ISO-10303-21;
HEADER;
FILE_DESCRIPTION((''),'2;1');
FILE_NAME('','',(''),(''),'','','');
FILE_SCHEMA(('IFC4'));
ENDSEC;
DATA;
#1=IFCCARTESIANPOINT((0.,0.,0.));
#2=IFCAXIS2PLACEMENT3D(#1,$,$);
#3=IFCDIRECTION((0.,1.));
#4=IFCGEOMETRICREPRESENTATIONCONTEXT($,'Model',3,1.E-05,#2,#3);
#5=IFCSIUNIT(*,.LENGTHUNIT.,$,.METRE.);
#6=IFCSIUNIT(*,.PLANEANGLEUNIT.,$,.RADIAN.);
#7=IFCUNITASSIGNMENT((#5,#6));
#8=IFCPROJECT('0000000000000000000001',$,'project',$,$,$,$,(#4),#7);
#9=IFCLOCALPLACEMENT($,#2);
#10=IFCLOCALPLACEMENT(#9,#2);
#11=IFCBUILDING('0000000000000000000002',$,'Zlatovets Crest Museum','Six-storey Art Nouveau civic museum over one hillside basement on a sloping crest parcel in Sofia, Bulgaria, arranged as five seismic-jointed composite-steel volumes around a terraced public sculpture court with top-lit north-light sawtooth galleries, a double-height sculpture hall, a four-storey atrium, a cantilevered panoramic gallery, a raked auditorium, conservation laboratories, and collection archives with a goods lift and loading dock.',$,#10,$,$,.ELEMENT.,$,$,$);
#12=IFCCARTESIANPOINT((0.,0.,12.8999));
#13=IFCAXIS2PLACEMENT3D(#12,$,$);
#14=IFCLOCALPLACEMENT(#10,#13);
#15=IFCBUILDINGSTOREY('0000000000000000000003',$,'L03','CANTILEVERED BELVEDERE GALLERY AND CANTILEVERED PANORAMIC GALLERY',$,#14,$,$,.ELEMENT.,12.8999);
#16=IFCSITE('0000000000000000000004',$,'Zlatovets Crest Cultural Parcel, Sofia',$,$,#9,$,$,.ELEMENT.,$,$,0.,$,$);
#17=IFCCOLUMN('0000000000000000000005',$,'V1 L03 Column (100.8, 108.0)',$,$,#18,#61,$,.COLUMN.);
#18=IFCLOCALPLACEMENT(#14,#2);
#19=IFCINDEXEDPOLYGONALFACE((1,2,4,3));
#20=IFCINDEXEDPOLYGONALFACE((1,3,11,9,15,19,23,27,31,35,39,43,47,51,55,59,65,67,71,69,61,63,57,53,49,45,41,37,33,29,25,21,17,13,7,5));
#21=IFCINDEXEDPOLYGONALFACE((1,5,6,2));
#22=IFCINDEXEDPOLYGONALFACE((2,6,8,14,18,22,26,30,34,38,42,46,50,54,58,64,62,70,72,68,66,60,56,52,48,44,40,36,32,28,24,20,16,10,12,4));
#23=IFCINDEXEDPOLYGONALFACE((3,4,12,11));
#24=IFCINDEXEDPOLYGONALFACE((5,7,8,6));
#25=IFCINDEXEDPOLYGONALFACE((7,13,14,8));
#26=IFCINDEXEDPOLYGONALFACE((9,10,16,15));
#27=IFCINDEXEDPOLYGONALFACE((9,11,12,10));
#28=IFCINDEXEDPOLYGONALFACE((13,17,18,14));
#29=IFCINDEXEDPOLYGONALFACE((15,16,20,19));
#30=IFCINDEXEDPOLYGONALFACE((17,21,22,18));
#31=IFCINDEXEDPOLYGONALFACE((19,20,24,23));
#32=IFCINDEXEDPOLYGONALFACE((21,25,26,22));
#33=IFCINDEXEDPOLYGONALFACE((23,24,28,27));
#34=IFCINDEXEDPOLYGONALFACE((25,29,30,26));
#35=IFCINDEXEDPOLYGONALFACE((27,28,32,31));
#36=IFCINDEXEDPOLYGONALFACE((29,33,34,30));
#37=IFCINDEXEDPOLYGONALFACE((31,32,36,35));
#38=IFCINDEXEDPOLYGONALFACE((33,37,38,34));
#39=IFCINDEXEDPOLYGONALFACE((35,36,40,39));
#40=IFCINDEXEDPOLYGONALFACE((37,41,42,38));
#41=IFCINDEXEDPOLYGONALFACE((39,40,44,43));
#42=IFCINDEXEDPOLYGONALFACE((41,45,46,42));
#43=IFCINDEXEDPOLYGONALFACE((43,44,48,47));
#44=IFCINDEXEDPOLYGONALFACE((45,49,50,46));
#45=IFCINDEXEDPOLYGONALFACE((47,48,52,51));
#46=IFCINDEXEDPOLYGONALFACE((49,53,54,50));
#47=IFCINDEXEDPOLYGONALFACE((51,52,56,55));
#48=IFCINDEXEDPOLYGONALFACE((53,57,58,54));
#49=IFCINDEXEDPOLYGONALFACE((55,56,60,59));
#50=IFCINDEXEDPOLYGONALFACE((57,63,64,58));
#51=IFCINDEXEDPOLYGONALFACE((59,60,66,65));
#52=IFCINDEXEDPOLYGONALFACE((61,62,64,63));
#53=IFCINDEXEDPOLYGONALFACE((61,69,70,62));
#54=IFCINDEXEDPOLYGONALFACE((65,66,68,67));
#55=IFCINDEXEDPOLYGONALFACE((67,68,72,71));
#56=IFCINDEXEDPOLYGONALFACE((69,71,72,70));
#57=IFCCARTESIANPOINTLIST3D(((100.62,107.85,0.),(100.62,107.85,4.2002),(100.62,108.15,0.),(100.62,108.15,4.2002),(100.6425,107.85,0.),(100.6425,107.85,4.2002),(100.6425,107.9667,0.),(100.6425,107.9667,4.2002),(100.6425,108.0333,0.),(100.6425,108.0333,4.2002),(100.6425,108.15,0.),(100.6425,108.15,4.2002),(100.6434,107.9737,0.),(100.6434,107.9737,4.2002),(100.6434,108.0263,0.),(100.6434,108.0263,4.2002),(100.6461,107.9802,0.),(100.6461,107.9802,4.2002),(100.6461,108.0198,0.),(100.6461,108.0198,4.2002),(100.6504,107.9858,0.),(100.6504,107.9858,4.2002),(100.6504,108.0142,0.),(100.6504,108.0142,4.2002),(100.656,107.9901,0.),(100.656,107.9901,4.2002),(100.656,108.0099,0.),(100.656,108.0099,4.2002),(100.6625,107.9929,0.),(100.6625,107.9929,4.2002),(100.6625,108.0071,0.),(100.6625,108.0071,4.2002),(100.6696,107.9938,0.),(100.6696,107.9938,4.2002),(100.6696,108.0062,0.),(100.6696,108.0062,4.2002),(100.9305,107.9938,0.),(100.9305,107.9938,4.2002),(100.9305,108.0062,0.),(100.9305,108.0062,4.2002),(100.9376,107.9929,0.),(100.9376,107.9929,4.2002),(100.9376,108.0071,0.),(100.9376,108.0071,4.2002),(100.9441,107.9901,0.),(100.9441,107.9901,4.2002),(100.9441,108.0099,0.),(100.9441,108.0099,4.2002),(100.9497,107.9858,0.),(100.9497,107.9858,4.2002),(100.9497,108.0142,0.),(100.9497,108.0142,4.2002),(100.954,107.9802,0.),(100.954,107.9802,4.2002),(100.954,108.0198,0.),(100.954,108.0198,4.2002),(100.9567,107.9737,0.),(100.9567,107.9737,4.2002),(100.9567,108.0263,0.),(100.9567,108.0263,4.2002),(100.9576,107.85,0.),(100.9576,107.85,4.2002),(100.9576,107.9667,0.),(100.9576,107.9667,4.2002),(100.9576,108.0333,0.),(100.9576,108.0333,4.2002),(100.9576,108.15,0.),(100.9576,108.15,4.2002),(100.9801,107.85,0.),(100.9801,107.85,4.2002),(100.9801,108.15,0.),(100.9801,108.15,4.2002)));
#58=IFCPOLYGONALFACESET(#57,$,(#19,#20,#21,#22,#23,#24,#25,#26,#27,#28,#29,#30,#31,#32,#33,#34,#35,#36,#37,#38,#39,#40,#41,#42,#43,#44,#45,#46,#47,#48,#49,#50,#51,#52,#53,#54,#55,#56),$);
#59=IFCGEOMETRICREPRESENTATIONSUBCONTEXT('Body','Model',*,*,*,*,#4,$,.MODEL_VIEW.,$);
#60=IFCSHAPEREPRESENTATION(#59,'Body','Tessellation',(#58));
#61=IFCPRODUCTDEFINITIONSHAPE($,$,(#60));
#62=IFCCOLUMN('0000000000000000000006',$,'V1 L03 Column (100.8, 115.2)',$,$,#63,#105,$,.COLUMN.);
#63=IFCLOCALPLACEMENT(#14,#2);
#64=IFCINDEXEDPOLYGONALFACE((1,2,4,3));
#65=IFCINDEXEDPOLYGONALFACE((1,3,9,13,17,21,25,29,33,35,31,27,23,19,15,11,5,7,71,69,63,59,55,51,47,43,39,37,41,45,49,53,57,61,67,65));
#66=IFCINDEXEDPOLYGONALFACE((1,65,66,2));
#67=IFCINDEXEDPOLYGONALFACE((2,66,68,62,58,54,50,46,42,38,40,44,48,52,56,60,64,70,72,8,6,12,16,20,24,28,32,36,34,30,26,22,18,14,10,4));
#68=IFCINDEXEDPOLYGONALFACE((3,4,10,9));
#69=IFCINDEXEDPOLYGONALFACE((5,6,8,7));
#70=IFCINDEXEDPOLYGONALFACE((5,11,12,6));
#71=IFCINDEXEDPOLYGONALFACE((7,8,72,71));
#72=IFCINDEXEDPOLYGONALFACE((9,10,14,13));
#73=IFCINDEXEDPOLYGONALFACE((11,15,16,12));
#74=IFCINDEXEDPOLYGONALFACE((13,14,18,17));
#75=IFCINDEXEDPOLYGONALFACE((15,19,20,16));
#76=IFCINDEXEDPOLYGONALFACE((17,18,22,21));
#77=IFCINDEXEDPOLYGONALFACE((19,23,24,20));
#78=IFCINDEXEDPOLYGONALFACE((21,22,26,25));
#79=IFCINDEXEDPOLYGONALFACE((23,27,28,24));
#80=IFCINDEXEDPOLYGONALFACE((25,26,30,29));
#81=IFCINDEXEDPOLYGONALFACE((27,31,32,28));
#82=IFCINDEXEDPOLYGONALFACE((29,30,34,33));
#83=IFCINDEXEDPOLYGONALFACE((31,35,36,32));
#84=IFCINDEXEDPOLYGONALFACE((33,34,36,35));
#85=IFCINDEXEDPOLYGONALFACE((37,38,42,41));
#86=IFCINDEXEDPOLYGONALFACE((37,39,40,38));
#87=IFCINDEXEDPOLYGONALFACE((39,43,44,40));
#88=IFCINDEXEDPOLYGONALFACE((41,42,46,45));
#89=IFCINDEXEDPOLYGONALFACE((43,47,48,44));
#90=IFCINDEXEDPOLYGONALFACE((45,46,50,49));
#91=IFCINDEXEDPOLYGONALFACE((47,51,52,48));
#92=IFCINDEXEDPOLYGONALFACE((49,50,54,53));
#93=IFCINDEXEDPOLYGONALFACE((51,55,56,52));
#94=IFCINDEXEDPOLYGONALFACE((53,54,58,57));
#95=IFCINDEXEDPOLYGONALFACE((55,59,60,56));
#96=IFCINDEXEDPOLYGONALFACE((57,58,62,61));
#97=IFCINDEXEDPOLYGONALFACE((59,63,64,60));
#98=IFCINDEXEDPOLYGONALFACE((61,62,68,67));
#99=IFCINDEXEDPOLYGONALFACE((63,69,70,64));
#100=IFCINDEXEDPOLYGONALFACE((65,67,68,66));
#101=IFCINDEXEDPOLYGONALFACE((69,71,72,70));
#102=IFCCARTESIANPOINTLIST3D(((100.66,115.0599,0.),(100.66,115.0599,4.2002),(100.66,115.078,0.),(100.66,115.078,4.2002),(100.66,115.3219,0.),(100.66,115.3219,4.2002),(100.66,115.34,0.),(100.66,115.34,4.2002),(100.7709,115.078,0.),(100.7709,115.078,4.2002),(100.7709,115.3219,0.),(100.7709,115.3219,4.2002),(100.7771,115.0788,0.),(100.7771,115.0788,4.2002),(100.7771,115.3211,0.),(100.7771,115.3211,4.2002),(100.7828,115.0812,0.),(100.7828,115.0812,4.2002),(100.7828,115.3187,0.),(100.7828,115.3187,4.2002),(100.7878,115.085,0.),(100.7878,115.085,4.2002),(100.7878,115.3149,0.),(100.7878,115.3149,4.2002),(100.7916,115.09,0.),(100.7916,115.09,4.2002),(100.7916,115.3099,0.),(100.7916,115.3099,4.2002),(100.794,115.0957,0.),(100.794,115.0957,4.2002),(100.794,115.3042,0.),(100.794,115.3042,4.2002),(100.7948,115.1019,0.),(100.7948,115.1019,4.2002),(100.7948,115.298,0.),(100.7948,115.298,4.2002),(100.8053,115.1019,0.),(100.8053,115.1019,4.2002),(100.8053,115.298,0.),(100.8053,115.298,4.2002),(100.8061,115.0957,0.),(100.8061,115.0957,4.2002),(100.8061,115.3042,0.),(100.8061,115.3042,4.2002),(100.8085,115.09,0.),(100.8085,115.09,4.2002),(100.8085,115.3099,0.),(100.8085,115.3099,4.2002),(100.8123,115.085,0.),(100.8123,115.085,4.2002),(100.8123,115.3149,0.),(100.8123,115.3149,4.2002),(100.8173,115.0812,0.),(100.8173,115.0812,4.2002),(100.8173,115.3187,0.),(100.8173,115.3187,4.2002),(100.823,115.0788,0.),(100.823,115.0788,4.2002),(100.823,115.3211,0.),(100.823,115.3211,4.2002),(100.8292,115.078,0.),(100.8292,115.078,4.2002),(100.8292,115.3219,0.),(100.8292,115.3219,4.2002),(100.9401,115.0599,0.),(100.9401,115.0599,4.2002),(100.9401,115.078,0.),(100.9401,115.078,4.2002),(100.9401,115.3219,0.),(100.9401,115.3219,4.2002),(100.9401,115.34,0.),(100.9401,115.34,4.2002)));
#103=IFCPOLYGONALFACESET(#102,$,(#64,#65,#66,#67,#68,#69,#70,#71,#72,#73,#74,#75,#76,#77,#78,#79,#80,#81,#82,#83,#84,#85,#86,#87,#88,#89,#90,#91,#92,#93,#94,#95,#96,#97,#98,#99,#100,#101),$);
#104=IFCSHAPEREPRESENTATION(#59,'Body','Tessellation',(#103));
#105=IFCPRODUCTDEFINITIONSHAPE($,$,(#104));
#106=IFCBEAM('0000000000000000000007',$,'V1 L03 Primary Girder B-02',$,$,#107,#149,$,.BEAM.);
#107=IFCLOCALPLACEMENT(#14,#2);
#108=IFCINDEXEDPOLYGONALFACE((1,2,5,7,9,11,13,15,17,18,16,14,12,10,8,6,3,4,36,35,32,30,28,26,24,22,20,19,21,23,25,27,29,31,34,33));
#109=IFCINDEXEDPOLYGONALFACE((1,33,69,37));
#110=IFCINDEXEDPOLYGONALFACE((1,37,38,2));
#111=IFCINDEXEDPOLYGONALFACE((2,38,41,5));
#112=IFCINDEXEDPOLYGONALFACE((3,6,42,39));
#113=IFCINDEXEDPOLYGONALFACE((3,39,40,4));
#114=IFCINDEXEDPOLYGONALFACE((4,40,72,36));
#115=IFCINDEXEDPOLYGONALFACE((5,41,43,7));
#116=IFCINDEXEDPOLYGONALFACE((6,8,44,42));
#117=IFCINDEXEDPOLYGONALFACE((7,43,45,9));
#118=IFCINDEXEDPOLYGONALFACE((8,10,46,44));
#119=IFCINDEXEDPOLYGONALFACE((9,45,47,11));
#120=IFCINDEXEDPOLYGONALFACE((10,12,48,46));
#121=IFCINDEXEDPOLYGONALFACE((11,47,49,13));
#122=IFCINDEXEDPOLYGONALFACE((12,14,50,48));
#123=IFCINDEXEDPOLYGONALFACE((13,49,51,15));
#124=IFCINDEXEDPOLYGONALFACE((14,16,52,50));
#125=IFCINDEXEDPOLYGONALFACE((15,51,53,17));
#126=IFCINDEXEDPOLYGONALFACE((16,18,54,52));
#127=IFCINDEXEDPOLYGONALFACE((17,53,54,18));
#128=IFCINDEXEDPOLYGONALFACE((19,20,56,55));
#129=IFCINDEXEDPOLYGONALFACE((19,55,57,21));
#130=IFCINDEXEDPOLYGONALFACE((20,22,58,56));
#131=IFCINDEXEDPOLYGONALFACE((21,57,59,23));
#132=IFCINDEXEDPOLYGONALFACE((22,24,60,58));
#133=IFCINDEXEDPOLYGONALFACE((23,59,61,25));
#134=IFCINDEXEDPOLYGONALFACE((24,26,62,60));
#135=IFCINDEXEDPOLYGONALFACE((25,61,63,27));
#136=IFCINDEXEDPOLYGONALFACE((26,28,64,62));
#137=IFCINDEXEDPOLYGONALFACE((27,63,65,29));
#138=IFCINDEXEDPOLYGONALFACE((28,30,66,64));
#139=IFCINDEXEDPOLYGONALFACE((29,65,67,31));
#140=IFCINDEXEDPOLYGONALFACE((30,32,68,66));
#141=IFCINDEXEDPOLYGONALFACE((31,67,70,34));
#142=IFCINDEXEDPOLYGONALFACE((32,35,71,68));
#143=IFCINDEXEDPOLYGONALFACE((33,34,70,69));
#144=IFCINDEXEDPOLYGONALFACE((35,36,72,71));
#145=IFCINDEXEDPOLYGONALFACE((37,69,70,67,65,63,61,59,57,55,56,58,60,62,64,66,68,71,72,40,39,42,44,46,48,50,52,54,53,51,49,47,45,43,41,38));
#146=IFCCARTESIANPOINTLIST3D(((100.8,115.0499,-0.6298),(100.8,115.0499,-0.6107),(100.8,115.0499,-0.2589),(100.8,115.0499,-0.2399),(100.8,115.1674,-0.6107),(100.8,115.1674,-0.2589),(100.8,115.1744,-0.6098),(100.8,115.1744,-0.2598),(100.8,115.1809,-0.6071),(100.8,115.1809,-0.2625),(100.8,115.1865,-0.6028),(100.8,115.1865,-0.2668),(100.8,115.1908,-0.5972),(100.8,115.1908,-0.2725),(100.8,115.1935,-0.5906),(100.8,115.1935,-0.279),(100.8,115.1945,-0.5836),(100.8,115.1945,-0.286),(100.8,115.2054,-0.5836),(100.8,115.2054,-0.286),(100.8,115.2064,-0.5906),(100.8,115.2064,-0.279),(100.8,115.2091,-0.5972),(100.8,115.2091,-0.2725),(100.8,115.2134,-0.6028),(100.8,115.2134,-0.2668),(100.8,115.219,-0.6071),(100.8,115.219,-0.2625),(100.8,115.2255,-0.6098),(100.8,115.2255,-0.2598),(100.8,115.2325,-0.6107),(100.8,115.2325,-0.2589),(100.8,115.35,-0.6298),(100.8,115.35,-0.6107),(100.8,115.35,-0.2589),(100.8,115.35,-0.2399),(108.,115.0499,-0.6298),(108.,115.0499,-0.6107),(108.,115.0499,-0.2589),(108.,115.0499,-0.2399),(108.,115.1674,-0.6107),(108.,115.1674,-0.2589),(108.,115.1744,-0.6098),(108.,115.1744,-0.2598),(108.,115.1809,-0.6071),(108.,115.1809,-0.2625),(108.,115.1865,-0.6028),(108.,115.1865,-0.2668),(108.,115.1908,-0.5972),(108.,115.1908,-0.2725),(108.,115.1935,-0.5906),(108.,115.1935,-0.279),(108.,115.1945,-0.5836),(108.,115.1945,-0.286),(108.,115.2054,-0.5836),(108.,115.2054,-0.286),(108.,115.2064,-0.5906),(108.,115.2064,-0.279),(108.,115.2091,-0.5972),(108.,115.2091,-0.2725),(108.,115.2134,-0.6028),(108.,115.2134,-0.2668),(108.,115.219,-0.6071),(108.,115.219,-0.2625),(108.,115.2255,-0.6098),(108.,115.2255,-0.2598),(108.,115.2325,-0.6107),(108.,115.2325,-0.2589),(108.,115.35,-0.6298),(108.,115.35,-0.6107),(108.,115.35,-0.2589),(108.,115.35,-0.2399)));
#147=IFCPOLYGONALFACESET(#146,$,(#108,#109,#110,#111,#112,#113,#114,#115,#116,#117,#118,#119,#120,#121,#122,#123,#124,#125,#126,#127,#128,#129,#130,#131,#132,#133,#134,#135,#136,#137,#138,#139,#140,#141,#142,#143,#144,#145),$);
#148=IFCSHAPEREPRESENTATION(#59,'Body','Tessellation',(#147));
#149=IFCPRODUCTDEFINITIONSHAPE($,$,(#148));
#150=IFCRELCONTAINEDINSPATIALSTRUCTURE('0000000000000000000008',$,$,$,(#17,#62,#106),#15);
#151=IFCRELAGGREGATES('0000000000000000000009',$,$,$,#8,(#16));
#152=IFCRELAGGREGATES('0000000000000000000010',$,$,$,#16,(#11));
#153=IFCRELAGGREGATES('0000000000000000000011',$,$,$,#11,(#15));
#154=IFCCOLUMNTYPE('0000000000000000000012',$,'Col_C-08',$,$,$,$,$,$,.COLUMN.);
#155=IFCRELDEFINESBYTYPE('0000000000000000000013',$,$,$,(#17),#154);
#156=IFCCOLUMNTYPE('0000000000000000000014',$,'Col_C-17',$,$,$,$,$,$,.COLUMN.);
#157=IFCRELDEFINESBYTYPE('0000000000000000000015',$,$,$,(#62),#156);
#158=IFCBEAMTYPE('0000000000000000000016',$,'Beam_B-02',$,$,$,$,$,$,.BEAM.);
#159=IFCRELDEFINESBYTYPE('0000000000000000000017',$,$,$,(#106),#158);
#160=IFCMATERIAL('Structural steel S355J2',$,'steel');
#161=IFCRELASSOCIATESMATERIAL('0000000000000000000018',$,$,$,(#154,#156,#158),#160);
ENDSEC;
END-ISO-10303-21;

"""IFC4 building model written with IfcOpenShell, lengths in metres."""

from ifc_helpers import new_model, si_unit, direction, frame, origin, origin_2d, place, context, subcontext, project, spatial, i_section, extrude, material, material_profile, profile_set, type_object, element, save


model = new_model("IFC4")

# Units and contexts
model_context = context("Model", 3, precision=1e-05, world=origin(), true_north=direction((0.0, 1.0)))
body_context = subcontext(model_context, "Body", "Model", "MODEL_VIEW")
ifc_project = project(units=[si_unit("LENGTHUNIT", "METRE"), si_unit("PLANEANGLEUNIT", "RADIAN")], contexts=[model_context])

# Site, building, storey
site_placement = place(None, origin())
site = spatial("IfcSite", under=ifc_project, at=site_placement, Name="Zlatovets Crest Cultural Parcel, Sofia", CompositionType="ELEMENT", RefElevation=0.0)
building_placement = place(site_placement, origin())
building = spatial("IfcBuilding", under=site, at=building_placement, Name="Zlatovets Crest Museum", Description="Six-storey Art Nouveau civic museum over one hillside basement on a sloping crest parcel in Sofia, Bulgaria, arranged as five seismic-jointed composite-steel volumes around a terraced public sculpture court with top-lit north-light sawtooth galleries, a double-height sculpture hall, a four-storey atrium, a cantilevered panoramic gallery, a raked auditorium, conservation laboratories, and collection archives with a goods lift and loading dock.", CompositionType="ELEMENT")
storey_placement = place(building_placement, frame((0.0, 0.0, 12.8999)))
storey = spatial("IfcBuildingStorey", under=building, at=storey_placement, Name="L03", Description="CANTILEVERED BELVEDERE GALLERY AND CANTILEVERED PANORAMIC GALLERY", CompositionType="ELEMENT", Elevation=12.8999)

# Columns
ifc_material_1 = material(Name="Structural steel S355J2", Category="steel")
ifc_material_profile_1 = material_profile(ifc_material_1, i_section(OverallWidth=0.3, OverallDepth=0.3601, WebThickness=0.0125, FlangeThickness=0.0225, FilletRadius=0.0271, at=origin_2d()), Name="HEB 360")
ifc_profile_set_1 = profile_set([ifc_material_profile_1], Name="Structural steel S355J2")
column_type_1 = type_object("IfcColumnType", Name="Col_C-08", PredefinedType="COLUMN", material=ifc_profile_set_1)
column_1_placement = place(storey_placement, frame((100.8, 108.0, 0.0), z_axis=(0.0, 0.0, 1.0), x_axis=(0.0, 1.0, 0.0)))
element("IfcColumn", 1, at=column_1_placement, inside=storey, type_object=column_type_1, Name="V1 L03 Column (100.8, 108.0)", PredefinedType="COLUMN", context=body_context, shape_type="SweptSolid", body=[
    extrude(i_section(OverallWidth=0.3, OverallDepth=0.3601, WebThickness=0.0125, FlangeThickness=0.0225, FilletRadius=0.0271, at=origin_2d()), origin(), (0.0, 0.0, 1.0), 4.2002),
])
ifc_material_profile_2 = material_profile(ifc_material_1, i_section(OverallWidth=0.28, OverallDepth=0.28, WebThickness=0.0105, FlangeThickness=0.0181, FilletRadius=0.0239, at=origin_2d()), Name="HEB 280")
ifc_profile_set_2 = profile_set([ifc_material_profile_2], Name="Structural steel S355J2")
column_type_2 = type_object("IfcColumnType", Name="Col_C-17", PredefinedType="COLUMN", material=ifc_profile_set_2)
column_2_placement = place(storey_placement, frame((100.8, 115.2, 0.0), z_axis=(0.0, 0.0, 1.0), x_axis=(1.0, 0.0, 0.0)))
element("IfcColumn", 2, at=column_2_placement, inside=storey, type_object=column_type_2, Name="V1 L03 Column (100.8, 115.2)", PredefinedType="COLUMN", context=body_context, shape_type="SweptSolid", body=[
    extrude(i_section(OverallWidth=0.28, OverallDepth=0.28, WebThickness=0.0105, FlangeThickness=0.0181, FilletRadius=0.0239, at=origin_2d()), origin(), (0.0, 0.0, 1.0), 4.2002),
])

# Beam
ifc_material_profile_3 = material_profile(ifc_material_1, i_section(OverallWidth=0.3, OverallDepth=0.3899, WebThickness=0.011, FlangeThickness=0.019, FilletRadius=0.0271, at=origin_2d()), Name="HEA 400")
ifc_profile_set_3 = profile_set([ifc_material_profile_3], Name="Structural steel S355J2")
beam_type_1 = type_object("IfcBeamType", Name="Beam_B-02", PredefinedType="BEAM", material=ifc_profile_set_3)
beam_1_placement = place(storey_placement, frame((100.8, 115.2, -0.4348), z_axis=(1.0, 0.0, 0.0), x_axis=(0.0, 1.0, 0.0)))
element("IfcBeam", 3, at=beam_1_placement, inside=storey, type_object=beam_type_1, Name="V1 L03 Primary Girder B-02", PredefinedType="BEAM", context=body_context, shape_type="SweptSolid", body=[
    extrude(i_section(OverallWidth=0.3, OverallDepth=0.3899, WebThickness=0.011, FlangeThickness=0.019, FilletRadius=0.0271, at=origin_2d()), origin(), (0.0, 0.0, 1.0), 7.2),
])

save(model, "model.ifc")
